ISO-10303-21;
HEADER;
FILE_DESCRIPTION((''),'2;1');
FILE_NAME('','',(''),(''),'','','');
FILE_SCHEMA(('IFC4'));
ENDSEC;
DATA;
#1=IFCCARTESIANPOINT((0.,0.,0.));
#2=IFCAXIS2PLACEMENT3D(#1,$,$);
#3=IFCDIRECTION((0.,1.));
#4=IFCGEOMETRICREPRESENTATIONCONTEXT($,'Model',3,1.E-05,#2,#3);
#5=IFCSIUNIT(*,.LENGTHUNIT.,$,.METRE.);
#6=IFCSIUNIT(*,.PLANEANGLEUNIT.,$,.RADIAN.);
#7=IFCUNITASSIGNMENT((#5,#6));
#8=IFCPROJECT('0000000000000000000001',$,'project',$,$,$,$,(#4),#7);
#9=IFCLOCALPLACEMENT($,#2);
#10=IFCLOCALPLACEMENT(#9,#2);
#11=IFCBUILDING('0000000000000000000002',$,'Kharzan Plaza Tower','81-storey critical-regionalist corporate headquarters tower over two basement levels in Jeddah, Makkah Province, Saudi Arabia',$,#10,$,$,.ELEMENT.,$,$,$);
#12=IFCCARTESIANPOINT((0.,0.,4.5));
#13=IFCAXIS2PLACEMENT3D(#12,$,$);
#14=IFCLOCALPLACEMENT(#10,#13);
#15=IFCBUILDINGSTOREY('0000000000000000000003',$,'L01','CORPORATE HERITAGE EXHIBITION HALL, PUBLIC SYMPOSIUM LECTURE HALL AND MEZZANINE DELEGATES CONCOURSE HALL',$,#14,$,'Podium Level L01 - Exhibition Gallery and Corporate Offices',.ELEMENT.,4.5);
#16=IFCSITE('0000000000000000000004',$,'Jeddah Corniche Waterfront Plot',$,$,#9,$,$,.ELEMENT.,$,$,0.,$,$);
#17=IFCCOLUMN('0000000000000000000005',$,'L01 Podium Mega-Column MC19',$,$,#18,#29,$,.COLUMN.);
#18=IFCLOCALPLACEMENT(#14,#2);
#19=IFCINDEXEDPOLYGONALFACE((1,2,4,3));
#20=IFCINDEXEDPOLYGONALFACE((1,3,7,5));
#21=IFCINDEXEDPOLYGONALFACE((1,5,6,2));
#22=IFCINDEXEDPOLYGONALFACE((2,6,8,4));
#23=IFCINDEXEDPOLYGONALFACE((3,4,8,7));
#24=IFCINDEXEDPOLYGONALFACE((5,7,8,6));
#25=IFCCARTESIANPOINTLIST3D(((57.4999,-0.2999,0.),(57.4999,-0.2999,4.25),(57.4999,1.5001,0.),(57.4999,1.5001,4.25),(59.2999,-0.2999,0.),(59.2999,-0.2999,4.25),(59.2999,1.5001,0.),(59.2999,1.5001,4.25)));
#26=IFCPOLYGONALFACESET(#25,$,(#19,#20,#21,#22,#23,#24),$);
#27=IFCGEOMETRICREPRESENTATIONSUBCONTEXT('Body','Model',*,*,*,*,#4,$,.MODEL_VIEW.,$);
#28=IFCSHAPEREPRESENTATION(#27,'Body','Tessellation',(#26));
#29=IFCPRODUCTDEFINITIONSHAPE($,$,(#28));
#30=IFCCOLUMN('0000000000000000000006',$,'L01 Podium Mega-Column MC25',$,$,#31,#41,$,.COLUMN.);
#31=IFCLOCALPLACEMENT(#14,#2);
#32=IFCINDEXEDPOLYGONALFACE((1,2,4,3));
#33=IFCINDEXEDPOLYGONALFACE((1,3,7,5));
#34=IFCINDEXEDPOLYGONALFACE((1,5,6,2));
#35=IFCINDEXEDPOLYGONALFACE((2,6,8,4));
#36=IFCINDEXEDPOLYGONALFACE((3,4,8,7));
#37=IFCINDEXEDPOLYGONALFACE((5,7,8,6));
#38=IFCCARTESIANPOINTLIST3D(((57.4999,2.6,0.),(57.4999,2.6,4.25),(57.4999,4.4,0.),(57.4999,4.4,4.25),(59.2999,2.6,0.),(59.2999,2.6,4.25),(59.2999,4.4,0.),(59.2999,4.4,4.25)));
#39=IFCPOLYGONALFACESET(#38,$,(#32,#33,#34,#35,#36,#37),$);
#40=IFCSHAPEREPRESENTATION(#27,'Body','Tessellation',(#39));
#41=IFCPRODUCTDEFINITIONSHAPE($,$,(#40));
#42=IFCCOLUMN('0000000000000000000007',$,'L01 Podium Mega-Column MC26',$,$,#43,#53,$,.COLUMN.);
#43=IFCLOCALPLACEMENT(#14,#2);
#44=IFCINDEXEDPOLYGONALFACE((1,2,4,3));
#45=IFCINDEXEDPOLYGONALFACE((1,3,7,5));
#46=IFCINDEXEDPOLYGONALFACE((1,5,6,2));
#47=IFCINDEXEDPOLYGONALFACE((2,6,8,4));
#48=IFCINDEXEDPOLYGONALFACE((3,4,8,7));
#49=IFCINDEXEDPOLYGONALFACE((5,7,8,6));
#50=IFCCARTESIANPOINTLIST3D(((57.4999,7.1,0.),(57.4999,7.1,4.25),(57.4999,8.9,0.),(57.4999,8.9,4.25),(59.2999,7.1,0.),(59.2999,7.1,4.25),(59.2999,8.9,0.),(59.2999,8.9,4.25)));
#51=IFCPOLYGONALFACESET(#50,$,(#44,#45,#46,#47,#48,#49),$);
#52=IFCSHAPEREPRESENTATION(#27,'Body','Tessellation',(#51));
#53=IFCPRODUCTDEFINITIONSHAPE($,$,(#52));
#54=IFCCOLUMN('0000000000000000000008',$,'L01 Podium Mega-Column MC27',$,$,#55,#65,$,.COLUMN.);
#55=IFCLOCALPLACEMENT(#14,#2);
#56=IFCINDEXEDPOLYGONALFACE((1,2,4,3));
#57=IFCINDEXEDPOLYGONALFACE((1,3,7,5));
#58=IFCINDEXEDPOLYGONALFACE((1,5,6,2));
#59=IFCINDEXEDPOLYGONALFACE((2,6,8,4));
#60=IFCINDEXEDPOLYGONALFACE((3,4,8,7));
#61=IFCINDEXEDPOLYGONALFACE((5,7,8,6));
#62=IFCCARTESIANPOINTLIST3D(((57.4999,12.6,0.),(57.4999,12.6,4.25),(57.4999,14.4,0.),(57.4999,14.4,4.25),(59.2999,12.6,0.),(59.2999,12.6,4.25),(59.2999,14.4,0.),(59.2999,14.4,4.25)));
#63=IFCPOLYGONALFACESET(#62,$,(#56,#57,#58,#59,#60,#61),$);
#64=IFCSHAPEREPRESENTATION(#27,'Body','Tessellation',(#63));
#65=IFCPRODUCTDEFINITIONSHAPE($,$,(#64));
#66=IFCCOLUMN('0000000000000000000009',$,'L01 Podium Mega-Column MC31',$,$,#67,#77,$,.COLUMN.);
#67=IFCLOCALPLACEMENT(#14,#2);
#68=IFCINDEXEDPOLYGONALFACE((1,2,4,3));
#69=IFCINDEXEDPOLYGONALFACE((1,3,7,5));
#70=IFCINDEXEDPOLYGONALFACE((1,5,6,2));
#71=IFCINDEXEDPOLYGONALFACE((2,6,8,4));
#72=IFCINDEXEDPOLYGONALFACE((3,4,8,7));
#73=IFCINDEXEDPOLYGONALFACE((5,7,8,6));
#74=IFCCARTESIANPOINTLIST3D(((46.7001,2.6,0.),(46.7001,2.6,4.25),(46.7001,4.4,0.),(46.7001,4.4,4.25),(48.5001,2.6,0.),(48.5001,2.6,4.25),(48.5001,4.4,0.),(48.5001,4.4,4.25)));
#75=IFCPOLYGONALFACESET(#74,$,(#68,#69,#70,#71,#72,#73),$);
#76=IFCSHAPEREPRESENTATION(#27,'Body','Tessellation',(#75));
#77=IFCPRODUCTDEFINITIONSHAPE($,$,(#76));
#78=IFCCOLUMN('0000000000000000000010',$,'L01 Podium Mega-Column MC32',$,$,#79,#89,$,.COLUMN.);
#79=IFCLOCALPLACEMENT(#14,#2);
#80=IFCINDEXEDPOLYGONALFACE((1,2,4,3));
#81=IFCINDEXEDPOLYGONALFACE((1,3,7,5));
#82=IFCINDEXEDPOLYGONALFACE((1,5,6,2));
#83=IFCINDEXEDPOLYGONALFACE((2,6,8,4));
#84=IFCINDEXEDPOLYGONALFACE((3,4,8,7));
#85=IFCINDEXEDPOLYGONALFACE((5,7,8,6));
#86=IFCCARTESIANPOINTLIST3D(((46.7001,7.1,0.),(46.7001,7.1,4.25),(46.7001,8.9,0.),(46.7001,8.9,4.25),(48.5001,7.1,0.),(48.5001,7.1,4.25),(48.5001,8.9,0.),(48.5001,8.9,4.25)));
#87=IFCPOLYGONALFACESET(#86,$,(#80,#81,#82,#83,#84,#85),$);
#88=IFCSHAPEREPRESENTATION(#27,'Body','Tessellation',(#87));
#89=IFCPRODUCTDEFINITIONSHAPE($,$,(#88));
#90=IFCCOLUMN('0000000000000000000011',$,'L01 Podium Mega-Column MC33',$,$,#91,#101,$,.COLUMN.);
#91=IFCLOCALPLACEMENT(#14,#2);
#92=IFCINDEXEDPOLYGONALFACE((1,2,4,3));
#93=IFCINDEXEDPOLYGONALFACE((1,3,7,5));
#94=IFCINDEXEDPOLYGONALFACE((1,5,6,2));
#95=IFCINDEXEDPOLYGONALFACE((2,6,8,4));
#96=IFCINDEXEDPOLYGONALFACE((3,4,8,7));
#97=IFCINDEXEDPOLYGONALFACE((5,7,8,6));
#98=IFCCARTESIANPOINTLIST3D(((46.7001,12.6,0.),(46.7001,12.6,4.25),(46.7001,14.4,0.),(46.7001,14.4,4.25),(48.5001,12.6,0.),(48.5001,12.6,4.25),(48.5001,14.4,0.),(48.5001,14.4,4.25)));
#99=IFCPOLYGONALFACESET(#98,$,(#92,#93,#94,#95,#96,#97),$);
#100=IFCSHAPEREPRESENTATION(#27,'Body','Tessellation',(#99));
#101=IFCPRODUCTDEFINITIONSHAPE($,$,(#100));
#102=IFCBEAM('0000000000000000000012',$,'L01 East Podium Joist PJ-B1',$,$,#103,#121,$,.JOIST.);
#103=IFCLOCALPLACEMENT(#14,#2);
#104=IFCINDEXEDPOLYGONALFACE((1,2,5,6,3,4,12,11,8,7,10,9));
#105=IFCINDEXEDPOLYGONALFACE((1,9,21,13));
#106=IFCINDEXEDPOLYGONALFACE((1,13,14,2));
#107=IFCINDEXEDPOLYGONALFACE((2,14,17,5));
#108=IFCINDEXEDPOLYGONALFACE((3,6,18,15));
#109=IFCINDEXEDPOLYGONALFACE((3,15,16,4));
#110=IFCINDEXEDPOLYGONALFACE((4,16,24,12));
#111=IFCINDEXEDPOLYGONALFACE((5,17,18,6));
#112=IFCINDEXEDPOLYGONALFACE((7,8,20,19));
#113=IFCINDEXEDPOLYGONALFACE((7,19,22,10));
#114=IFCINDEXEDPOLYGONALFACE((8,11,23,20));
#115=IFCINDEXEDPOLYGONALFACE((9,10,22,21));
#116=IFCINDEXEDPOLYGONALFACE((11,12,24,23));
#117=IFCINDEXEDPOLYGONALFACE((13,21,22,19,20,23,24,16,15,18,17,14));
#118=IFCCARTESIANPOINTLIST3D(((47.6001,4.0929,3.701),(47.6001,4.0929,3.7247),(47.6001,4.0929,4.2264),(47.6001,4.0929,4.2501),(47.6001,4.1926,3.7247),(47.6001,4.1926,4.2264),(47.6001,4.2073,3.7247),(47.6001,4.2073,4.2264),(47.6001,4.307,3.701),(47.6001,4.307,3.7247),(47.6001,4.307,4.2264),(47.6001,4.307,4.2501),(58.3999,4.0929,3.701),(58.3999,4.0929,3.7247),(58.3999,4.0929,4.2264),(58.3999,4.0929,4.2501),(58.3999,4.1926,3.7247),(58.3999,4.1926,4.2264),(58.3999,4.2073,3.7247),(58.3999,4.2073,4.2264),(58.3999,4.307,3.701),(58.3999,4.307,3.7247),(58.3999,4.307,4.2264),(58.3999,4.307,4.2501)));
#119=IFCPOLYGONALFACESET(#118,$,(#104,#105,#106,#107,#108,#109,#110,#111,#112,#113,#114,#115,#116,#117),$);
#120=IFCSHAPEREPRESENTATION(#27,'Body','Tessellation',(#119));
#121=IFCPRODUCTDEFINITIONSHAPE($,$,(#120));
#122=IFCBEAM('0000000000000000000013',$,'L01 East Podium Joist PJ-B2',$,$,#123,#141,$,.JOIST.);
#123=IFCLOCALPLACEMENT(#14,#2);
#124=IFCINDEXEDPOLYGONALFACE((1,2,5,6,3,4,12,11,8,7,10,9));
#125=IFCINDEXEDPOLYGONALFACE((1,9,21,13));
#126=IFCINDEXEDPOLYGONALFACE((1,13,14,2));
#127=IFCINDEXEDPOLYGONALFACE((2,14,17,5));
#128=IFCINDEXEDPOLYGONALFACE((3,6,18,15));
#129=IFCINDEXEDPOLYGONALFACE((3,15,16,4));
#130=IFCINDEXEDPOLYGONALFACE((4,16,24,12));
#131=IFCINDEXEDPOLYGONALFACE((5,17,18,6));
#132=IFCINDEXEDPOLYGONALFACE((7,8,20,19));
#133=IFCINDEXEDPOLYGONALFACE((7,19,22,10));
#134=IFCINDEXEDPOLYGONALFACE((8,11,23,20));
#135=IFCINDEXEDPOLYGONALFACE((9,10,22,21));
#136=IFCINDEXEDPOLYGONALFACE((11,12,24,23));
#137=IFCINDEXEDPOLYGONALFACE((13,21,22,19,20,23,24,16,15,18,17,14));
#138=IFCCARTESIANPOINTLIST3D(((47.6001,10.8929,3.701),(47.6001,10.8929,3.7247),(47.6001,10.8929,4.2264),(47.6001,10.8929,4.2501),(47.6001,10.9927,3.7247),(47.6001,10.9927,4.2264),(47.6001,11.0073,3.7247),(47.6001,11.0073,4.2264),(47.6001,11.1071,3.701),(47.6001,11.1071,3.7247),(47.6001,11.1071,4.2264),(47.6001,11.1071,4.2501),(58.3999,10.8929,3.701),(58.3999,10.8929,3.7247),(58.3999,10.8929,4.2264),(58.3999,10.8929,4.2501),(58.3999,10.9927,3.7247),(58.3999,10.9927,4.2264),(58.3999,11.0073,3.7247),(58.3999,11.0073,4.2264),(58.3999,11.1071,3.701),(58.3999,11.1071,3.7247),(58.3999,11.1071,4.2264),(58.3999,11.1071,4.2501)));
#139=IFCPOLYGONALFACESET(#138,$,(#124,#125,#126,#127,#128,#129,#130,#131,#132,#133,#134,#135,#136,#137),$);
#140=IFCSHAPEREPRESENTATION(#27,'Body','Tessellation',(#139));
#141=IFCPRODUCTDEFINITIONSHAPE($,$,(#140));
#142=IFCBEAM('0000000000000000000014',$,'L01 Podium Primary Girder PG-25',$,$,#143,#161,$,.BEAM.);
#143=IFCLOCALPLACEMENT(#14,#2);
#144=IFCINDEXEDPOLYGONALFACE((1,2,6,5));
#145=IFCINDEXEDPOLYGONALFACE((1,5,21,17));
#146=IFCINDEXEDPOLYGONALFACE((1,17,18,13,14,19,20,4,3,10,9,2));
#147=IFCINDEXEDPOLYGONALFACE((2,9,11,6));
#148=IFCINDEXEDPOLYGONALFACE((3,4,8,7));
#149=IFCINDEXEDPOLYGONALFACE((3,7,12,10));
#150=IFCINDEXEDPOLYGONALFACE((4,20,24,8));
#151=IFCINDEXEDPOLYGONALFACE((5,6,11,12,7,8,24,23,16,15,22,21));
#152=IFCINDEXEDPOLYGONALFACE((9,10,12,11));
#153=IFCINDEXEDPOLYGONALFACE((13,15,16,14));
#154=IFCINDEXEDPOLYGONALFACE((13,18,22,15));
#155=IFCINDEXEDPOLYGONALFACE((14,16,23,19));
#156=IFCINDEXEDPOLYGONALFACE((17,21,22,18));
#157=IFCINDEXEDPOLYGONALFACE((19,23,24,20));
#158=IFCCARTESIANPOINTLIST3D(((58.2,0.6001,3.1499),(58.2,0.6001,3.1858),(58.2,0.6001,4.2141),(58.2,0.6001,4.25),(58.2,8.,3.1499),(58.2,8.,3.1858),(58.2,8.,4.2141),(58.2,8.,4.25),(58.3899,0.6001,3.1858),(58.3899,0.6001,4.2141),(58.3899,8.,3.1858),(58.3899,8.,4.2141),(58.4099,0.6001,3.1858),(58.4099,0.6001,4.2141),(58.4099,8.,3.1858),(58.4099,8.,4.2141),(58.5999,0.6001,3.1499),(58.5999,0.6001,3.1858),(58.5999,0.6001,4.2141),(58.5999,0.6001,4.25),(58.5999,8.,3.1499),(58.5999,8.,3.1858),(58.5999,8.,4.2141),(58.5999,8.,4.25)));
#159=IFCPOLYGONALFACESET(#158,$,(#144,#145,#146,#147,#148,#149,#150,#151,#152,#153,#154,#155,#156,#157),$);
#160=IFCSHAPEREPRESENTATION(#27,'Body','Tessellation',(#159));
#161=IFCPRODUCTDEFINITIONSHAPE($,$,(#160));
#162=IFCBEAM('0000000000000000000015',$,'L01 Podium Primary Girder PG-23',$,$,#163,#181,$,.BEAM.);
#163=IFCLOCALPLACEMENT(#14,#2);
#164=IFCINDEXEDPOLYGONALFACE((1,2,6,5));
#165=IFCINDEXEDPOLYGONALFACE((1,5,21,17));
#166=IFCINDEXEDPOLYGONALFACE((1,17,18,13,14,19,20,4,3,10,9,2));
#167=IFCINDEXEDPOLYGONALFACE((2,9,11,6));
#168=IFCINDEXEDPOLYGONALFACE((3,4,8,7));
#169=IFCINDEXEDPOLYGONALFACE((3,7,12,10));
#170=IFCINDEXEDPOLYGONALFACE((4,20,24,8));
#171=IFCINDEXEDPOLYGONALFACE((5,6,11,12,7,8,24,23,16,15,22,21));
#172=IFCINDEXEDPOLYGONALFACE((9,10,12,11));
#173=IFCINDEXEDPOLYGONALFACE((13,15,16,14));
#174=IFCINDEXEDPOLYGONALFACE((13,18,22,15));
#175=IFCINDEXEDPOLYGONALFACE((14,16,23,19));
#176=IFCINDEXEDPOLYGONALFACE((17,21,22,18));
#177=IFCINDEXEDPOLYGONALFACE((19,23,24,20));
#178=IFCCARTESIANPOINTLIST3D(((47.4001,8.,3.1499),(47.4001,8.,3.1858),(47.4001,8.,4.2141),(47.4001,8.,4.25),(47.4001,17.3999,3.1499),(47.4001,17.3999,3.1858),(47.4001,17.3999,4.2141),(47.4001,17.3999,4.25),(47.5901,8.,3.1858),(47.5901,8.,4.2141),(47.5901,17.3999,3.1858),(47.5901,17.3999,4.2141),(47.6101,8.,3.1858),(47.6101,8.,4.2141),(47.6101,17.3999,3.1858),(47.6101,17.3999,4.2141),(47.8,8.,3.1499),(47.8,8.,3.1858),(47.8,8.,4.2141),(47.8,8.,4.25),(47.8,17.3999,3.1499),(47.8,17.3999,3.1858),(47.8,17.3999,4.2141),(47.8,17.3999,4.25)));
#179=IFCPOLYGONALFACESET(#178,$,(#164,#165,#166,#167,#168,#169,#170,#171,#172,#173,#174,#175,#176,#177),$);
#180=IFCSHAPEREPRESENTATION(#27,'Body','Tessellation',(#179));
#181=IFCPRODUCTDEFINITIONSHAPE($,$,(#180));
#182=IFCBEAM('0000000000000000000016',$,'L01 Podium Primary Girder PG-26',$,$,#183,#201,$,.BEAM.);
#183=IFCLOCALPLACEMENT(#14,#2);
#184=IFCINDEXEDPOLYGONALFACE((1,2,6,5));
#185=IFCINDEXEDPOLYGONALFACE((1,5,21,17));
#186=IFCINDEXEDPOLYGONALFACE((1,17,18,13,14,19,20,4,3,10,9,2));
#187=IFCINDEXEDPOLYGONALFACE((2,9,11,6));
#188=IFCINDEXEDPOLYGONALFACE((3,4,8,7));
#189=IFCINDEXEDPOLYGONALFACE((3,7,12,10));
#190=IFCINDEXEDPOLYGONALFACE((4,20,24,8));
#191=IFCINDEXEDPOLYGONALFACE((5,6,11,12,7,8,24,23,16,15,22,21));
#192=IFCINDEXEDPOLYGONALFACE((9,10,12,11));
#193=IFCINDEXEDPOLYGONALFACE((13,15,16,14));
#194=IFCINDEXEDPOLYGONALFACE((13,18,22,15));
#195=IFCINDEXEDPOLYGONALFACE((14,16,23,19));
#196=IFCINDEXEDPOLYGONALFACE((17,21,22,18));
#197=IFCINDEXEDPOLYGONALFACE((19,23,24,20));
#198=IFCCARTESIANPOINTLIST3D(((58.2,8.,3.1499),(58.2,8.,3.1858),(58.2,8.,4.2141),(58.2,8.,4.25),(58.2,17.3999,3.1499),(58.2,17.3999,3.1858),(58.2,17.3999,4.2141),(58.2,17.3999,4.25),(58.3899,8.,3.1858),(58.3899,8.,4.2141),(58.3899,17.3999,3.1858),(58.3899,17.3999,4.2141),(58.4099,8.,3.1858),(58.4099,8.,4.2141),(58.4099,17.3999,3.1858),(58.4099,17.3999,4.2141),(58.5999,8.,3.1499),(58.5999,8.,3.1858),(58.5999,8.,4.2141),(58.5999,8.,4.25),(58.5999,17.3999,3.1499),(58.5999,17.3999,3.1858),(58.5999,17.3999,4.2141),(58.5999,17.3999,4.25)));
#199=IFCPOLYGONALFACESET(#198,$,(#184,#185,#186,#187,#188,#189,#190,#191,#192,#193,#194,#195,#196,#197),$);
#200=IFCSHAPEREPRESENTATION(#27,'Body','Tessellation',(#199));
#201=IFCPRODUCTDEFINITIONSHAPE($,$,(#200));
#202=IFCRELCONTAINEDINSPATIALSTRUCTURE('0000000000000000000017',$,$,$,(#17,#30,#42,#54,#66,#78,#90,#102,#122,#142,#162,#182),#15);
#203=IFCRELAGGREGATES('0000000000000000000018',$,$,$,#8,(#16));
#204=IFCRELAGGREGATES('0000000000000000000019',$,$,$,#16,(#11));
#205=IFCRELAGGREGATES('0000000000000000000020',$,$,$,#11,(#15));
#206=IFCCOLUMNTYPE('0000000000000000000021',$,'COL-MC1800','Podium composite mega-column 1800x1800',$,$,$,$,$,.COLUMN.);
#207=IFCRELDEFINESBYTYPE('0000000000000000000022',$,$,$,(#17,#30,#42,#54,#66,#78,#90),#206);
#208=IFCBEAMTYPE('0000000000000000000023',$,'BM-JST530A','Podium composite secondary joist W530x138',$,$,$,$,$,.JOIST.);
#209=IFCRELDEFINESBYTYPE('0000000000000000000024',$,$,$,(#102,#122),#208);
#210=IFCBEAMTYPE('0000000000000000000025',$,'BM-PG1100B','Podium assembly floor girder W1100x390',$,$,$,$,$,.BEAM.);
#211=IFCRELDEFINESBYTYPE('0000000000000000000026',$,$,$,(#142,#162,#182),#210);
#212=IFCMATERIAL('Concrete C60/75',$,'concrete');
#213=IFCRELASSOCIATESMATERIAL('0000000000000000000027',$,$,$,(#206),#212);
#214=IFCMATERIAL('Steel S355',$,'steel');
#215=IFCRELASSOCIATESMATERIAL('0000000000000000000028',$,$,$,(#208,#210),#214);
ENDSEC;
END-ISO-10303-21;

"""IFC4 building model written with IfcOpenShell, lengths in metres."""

from ifc_helpers import new_model, si_unit, direction, frame, origin, origin_2d, place, context, subcontext, project, spatial, rectangle, i_section, extrude, source, transform, mapped, material, material_profile, profile_set, type_object, element, save


model = new_model("IFC4")

# Units and contexts
model_context = context("Model", 3, precision=1e-05, world=origin(), true_north=direction((0.0, 1.0)))
body_context = subcontext(model_context, "Body", "Model", "MODEL_VIEW")
ifc_project = project(units=[si_unit("LENGTHUNIT", "METRE"), si_unit("PLANEANGLEUNIT", "RADIAN")], contexts=[model_context])

# Site, building, storey
site_placement = place(None, origin())
site = spatial("IfcSite", under=ifc_project, at=site_placement, Name="Jeddah Corniche Waterfront Plot", CompositionType="ELEMENT", RefElevation=0.0)
building_placement = place(site_placement, origin())
building = spatial("IfcBuilding", under=site, at=building_placement, Name="Kharzan Plaza Tower", Description="81-storey critical-regionalist corporate headquarters tower over two basement levels in Jeddah, Makkah Province, Saudi Arabia", CompositionType="ELEMENT")
storey_placement = place(building_placement, frame((0.0, 0.0, 4.5)))
storey = spatial("IfcBuildingStorey", under=building, at=storey_placement, Name="L01", Description="CORPORATE HERITAGE EXHIBITION HALL, PUBLIC SYMPOSIUM LECTURE HALL AND MEZZANINE DELEGATES CONCOURSE HALL", LongName="Podium Level L01 - Exhibition Gallery and Corporate Offices", CompositionType="ELEMENT", Elevation=4.5)

# Columns
ifc_material_1 = material(Name="Concrete C60/75", Category="concrete")
ifc_material_profile_1 = material_profile(ifc_material_1, rectangle(XDim=1.8, YDim=1.8, at=origin_2d()), Name="RC-MC1800x1800")
ifc_profile_set_1 = profile_set([ifc_material_profile_1], Name="Concrete C60/75")
column_type = type_object("IfcColumnType", Name="COL-MC1800", Description="Podium composite mega-column 1800x1800", PredefinedType="COLUMN", material=ifc_profile_set_1)
shared_shape_1 = source(origin(), body_context, "Body", "SweptSolid", [
    extrude(rectangle(XDim=1.8, YDim=1.8, at=origin_2d()), origin(), (0.0, 0.0, 1.0), 4.25),
])
for number, where, z_axis, x_axis, name in (
    (1, (58.3999, 0.6001, 0.0), (0.0, 0.0, 1.0), (1.0, 0.0, 0.0), "L01 Podium Mega-Column MC19"),
    (2, (58.3999, 3.5, 0.0), (0.0, 0.0, 1.0), (1.0, 0.0, 0.0), "L01 Podium Mega-Column MC25"),
    (3, (58.3999, 8.0, 0.0), (0.0, 0.0, 1.0), (1.0, 0.0, 0.0), "L01 Podium Mega-Column MC26"),
    (4, (58.3999, 13.5, 0.0), (0.0, 0.0, 1.0), (1.0, 0.0, 0.0), "L01 Podium Mega-Column MC27"),
    (5, (47.6001, 3.5, 0.0), (0.0, 0.0, 1.0), (1.0, 0.0, 0.0), "L01 Podium Mega-Column MC31"),
    (6, (47.6001, 8.0, 0.0), (0.0, 0.0, 1.0), (1.0, 0.0, 0.0), "L01 Podium Mega-Column MC32"),
    (7, (47.6001, 13.5, 0.0), (0.0, 0.0, 1.0), (1.0, 0.0, 0.0), "L01 Podium Mega-Column MC33"),
):
    element("IfcColumn", number, at=place(storey_placement, frame(where, z_axis=z_axis, x_axis=x_axis)), inside=storey, type_object=column_type, Name=name, PredefinedType="COLUMN", context=body_context, shape_type="MappedRepresentation", body=[
        mapped(shared_shape_1, transform((0.0, 0.0, 0.0), x_axis=(1.0, 0.0, 0.0), y_axis=(0.0, 1.0, 0.0), z_axis=(0.0, 0.0, 1.0))),
    ])

# Beams
ifc_material_2 = material(Name="Steel S355", Category="steel")
ifc_material_profile_2 = material_profile(ifc_material_2, i_section(OverallWidth=0.2141, OverallDepth=0.5491, WebThickness=0.0146, FlangeThickness=0.0237, at=origin_2d()), Name="W530x138")
ifc_profile_set_2 = profile_set([ifc_material_profile_2], Name="Steel S355")
beam_type_1 = type_object("IfcBeamType", Name="BM-JST530A", Description="Podium composite secondary joist W530x138", PredefinedType="JOIST", material=ifc_profile_set_2)
shared_shape_2 = source(origin(), body_context, "Body", "SweptSolid", [
    extrude(i_section(OverallWidth=0.2141, OverallDepth=0.5491, WebThickness=0.0146, FlangeThickness=0.0237, at=origin_2d()), origin(), (0.0, 0.0, 1.0), 10.7998),
])
for number, where, z_axis, x_axis, name in (
    (8, (47.6001, 4.2, 3.9756), (1.0, 0.0, 0.0), (0.0, 1.0, 0.0), "L01 East Podium Joist PJ-B1"),
    (9, (47.6001, 11.0, 3.9756), (1.0, 0.0, 0.0), (0.0, 1.0, 0.0), "L01 East Podium Joist PJ-B2"),
):
    element("IfcBeam", number, at=place(storey_placement, frame(where, z_axis=z_axis, x_axis=x_axis)), inside=storey, type_object=beam_type_1, Name=name, PredefinedType="JOIST", context=body_context, shape_type="MappedRepresentation", body=[
        mapped(shared_shape_2, transform((0.0, 0.0, 0.0), x_axis=(1.0, 0.0, 0.0), y_axis=(0.0, 1.0, 0.0), z_axis=(0.0, 0.0, 1.0))),
    ])
ifc_material_profile_3 = material_profile(ifc_material_2, i_section(OverallWidth=0.3999, OverallDepth=1.1001, WebThickness=0.02, FlangeThickness=0.0359, at=origin_2d()), Name="W1100x390")
ifc_profile_set_3 = profile_set([ifc_material_profile_3], Name="Steel S355")
beam_type_2 = type_object("IfcBeamType", Name="BM-PG1100B", Description="Podium assembly floor girder W1100x390", PredefinedType="BEAM", material=ifc_profile_set_3)
shared_shape_3 = source(origin(), body_context, "Body", "SweptSolid", [
    extrude(i_section(OverallWidth=0.3999, OverallDepth=1.1001, WebThickness=0.02, FlangeThickness=0.0359, at=origin_2d()), origin(), (0.0, 0.0, 1.0), 7.3999),
])
beam_1_placement = place(storey_placement, frame((58.3999, 0.6001, 3.7), z_axis=(0.0, 1.0, 0.0), x_axis=(-1.0, 0.0, 0.0)))
element("IfcBeam", 10, at=beam_1_placement, inside=storey, type_object=beam_type_2, Name="L01 Podium Primary Girder PG-25", PredefinedType="BEAM", context=body_context, shape_type="MappedRepresentation", body=[
    mapped(shared_shape_3, transform((0.0, 0.0, 0.0), x_axis=(1.0, 0.0, 0.0), y_axis=(0.0, 1.0, 0.0), z_axis=(0.0, 0.0, 1.0))),
])
shared_shape_4 = source(origin(), body_context, "Body", "SweptSolid", [
    extrude(i_section(OverallWidth=0.3999, OverallDepth=1.1001, WebThickness=0.02, FlangeThickness=0.0359, at=origin_2d()), origin(), (0.0, 0.0, 1.0), 9.3999),
])
for number, where, z_axis, x_axis, name in (
    (11, (47.6001, 8.0, 3.7), (0.0, 1.0, 0.0), (-1.0, 0.0, 0.0), "L01 Podium Primary Girder PG-23"),
    (12, (58.3999, 8.0, 3.7), (0.0, 1.0, 0.0), (-1.0, 0.0, 0.0), "L01 Podium Primary Girder PG-26"),
):
    element("IfcBeam", number, at=place(storey_placement, frame(where, z_axis=z_axis, x_axis=x_axis)), inside=storey, type_object=beam_type_2, Name=name, PredefinedType="BEAM", context=body_context, shape_type="MappedRepresentation", body=[
        mapped(shared_shape_4, transform((0.0, 0.0, 0.0), x_axis=(1.0, 0.0, 0.0), y_axis=(0.0, 1.0, 0.0), z_axis=(0.0, 0.0, 1.0))),
    ])

save(model, "model.ifc")
